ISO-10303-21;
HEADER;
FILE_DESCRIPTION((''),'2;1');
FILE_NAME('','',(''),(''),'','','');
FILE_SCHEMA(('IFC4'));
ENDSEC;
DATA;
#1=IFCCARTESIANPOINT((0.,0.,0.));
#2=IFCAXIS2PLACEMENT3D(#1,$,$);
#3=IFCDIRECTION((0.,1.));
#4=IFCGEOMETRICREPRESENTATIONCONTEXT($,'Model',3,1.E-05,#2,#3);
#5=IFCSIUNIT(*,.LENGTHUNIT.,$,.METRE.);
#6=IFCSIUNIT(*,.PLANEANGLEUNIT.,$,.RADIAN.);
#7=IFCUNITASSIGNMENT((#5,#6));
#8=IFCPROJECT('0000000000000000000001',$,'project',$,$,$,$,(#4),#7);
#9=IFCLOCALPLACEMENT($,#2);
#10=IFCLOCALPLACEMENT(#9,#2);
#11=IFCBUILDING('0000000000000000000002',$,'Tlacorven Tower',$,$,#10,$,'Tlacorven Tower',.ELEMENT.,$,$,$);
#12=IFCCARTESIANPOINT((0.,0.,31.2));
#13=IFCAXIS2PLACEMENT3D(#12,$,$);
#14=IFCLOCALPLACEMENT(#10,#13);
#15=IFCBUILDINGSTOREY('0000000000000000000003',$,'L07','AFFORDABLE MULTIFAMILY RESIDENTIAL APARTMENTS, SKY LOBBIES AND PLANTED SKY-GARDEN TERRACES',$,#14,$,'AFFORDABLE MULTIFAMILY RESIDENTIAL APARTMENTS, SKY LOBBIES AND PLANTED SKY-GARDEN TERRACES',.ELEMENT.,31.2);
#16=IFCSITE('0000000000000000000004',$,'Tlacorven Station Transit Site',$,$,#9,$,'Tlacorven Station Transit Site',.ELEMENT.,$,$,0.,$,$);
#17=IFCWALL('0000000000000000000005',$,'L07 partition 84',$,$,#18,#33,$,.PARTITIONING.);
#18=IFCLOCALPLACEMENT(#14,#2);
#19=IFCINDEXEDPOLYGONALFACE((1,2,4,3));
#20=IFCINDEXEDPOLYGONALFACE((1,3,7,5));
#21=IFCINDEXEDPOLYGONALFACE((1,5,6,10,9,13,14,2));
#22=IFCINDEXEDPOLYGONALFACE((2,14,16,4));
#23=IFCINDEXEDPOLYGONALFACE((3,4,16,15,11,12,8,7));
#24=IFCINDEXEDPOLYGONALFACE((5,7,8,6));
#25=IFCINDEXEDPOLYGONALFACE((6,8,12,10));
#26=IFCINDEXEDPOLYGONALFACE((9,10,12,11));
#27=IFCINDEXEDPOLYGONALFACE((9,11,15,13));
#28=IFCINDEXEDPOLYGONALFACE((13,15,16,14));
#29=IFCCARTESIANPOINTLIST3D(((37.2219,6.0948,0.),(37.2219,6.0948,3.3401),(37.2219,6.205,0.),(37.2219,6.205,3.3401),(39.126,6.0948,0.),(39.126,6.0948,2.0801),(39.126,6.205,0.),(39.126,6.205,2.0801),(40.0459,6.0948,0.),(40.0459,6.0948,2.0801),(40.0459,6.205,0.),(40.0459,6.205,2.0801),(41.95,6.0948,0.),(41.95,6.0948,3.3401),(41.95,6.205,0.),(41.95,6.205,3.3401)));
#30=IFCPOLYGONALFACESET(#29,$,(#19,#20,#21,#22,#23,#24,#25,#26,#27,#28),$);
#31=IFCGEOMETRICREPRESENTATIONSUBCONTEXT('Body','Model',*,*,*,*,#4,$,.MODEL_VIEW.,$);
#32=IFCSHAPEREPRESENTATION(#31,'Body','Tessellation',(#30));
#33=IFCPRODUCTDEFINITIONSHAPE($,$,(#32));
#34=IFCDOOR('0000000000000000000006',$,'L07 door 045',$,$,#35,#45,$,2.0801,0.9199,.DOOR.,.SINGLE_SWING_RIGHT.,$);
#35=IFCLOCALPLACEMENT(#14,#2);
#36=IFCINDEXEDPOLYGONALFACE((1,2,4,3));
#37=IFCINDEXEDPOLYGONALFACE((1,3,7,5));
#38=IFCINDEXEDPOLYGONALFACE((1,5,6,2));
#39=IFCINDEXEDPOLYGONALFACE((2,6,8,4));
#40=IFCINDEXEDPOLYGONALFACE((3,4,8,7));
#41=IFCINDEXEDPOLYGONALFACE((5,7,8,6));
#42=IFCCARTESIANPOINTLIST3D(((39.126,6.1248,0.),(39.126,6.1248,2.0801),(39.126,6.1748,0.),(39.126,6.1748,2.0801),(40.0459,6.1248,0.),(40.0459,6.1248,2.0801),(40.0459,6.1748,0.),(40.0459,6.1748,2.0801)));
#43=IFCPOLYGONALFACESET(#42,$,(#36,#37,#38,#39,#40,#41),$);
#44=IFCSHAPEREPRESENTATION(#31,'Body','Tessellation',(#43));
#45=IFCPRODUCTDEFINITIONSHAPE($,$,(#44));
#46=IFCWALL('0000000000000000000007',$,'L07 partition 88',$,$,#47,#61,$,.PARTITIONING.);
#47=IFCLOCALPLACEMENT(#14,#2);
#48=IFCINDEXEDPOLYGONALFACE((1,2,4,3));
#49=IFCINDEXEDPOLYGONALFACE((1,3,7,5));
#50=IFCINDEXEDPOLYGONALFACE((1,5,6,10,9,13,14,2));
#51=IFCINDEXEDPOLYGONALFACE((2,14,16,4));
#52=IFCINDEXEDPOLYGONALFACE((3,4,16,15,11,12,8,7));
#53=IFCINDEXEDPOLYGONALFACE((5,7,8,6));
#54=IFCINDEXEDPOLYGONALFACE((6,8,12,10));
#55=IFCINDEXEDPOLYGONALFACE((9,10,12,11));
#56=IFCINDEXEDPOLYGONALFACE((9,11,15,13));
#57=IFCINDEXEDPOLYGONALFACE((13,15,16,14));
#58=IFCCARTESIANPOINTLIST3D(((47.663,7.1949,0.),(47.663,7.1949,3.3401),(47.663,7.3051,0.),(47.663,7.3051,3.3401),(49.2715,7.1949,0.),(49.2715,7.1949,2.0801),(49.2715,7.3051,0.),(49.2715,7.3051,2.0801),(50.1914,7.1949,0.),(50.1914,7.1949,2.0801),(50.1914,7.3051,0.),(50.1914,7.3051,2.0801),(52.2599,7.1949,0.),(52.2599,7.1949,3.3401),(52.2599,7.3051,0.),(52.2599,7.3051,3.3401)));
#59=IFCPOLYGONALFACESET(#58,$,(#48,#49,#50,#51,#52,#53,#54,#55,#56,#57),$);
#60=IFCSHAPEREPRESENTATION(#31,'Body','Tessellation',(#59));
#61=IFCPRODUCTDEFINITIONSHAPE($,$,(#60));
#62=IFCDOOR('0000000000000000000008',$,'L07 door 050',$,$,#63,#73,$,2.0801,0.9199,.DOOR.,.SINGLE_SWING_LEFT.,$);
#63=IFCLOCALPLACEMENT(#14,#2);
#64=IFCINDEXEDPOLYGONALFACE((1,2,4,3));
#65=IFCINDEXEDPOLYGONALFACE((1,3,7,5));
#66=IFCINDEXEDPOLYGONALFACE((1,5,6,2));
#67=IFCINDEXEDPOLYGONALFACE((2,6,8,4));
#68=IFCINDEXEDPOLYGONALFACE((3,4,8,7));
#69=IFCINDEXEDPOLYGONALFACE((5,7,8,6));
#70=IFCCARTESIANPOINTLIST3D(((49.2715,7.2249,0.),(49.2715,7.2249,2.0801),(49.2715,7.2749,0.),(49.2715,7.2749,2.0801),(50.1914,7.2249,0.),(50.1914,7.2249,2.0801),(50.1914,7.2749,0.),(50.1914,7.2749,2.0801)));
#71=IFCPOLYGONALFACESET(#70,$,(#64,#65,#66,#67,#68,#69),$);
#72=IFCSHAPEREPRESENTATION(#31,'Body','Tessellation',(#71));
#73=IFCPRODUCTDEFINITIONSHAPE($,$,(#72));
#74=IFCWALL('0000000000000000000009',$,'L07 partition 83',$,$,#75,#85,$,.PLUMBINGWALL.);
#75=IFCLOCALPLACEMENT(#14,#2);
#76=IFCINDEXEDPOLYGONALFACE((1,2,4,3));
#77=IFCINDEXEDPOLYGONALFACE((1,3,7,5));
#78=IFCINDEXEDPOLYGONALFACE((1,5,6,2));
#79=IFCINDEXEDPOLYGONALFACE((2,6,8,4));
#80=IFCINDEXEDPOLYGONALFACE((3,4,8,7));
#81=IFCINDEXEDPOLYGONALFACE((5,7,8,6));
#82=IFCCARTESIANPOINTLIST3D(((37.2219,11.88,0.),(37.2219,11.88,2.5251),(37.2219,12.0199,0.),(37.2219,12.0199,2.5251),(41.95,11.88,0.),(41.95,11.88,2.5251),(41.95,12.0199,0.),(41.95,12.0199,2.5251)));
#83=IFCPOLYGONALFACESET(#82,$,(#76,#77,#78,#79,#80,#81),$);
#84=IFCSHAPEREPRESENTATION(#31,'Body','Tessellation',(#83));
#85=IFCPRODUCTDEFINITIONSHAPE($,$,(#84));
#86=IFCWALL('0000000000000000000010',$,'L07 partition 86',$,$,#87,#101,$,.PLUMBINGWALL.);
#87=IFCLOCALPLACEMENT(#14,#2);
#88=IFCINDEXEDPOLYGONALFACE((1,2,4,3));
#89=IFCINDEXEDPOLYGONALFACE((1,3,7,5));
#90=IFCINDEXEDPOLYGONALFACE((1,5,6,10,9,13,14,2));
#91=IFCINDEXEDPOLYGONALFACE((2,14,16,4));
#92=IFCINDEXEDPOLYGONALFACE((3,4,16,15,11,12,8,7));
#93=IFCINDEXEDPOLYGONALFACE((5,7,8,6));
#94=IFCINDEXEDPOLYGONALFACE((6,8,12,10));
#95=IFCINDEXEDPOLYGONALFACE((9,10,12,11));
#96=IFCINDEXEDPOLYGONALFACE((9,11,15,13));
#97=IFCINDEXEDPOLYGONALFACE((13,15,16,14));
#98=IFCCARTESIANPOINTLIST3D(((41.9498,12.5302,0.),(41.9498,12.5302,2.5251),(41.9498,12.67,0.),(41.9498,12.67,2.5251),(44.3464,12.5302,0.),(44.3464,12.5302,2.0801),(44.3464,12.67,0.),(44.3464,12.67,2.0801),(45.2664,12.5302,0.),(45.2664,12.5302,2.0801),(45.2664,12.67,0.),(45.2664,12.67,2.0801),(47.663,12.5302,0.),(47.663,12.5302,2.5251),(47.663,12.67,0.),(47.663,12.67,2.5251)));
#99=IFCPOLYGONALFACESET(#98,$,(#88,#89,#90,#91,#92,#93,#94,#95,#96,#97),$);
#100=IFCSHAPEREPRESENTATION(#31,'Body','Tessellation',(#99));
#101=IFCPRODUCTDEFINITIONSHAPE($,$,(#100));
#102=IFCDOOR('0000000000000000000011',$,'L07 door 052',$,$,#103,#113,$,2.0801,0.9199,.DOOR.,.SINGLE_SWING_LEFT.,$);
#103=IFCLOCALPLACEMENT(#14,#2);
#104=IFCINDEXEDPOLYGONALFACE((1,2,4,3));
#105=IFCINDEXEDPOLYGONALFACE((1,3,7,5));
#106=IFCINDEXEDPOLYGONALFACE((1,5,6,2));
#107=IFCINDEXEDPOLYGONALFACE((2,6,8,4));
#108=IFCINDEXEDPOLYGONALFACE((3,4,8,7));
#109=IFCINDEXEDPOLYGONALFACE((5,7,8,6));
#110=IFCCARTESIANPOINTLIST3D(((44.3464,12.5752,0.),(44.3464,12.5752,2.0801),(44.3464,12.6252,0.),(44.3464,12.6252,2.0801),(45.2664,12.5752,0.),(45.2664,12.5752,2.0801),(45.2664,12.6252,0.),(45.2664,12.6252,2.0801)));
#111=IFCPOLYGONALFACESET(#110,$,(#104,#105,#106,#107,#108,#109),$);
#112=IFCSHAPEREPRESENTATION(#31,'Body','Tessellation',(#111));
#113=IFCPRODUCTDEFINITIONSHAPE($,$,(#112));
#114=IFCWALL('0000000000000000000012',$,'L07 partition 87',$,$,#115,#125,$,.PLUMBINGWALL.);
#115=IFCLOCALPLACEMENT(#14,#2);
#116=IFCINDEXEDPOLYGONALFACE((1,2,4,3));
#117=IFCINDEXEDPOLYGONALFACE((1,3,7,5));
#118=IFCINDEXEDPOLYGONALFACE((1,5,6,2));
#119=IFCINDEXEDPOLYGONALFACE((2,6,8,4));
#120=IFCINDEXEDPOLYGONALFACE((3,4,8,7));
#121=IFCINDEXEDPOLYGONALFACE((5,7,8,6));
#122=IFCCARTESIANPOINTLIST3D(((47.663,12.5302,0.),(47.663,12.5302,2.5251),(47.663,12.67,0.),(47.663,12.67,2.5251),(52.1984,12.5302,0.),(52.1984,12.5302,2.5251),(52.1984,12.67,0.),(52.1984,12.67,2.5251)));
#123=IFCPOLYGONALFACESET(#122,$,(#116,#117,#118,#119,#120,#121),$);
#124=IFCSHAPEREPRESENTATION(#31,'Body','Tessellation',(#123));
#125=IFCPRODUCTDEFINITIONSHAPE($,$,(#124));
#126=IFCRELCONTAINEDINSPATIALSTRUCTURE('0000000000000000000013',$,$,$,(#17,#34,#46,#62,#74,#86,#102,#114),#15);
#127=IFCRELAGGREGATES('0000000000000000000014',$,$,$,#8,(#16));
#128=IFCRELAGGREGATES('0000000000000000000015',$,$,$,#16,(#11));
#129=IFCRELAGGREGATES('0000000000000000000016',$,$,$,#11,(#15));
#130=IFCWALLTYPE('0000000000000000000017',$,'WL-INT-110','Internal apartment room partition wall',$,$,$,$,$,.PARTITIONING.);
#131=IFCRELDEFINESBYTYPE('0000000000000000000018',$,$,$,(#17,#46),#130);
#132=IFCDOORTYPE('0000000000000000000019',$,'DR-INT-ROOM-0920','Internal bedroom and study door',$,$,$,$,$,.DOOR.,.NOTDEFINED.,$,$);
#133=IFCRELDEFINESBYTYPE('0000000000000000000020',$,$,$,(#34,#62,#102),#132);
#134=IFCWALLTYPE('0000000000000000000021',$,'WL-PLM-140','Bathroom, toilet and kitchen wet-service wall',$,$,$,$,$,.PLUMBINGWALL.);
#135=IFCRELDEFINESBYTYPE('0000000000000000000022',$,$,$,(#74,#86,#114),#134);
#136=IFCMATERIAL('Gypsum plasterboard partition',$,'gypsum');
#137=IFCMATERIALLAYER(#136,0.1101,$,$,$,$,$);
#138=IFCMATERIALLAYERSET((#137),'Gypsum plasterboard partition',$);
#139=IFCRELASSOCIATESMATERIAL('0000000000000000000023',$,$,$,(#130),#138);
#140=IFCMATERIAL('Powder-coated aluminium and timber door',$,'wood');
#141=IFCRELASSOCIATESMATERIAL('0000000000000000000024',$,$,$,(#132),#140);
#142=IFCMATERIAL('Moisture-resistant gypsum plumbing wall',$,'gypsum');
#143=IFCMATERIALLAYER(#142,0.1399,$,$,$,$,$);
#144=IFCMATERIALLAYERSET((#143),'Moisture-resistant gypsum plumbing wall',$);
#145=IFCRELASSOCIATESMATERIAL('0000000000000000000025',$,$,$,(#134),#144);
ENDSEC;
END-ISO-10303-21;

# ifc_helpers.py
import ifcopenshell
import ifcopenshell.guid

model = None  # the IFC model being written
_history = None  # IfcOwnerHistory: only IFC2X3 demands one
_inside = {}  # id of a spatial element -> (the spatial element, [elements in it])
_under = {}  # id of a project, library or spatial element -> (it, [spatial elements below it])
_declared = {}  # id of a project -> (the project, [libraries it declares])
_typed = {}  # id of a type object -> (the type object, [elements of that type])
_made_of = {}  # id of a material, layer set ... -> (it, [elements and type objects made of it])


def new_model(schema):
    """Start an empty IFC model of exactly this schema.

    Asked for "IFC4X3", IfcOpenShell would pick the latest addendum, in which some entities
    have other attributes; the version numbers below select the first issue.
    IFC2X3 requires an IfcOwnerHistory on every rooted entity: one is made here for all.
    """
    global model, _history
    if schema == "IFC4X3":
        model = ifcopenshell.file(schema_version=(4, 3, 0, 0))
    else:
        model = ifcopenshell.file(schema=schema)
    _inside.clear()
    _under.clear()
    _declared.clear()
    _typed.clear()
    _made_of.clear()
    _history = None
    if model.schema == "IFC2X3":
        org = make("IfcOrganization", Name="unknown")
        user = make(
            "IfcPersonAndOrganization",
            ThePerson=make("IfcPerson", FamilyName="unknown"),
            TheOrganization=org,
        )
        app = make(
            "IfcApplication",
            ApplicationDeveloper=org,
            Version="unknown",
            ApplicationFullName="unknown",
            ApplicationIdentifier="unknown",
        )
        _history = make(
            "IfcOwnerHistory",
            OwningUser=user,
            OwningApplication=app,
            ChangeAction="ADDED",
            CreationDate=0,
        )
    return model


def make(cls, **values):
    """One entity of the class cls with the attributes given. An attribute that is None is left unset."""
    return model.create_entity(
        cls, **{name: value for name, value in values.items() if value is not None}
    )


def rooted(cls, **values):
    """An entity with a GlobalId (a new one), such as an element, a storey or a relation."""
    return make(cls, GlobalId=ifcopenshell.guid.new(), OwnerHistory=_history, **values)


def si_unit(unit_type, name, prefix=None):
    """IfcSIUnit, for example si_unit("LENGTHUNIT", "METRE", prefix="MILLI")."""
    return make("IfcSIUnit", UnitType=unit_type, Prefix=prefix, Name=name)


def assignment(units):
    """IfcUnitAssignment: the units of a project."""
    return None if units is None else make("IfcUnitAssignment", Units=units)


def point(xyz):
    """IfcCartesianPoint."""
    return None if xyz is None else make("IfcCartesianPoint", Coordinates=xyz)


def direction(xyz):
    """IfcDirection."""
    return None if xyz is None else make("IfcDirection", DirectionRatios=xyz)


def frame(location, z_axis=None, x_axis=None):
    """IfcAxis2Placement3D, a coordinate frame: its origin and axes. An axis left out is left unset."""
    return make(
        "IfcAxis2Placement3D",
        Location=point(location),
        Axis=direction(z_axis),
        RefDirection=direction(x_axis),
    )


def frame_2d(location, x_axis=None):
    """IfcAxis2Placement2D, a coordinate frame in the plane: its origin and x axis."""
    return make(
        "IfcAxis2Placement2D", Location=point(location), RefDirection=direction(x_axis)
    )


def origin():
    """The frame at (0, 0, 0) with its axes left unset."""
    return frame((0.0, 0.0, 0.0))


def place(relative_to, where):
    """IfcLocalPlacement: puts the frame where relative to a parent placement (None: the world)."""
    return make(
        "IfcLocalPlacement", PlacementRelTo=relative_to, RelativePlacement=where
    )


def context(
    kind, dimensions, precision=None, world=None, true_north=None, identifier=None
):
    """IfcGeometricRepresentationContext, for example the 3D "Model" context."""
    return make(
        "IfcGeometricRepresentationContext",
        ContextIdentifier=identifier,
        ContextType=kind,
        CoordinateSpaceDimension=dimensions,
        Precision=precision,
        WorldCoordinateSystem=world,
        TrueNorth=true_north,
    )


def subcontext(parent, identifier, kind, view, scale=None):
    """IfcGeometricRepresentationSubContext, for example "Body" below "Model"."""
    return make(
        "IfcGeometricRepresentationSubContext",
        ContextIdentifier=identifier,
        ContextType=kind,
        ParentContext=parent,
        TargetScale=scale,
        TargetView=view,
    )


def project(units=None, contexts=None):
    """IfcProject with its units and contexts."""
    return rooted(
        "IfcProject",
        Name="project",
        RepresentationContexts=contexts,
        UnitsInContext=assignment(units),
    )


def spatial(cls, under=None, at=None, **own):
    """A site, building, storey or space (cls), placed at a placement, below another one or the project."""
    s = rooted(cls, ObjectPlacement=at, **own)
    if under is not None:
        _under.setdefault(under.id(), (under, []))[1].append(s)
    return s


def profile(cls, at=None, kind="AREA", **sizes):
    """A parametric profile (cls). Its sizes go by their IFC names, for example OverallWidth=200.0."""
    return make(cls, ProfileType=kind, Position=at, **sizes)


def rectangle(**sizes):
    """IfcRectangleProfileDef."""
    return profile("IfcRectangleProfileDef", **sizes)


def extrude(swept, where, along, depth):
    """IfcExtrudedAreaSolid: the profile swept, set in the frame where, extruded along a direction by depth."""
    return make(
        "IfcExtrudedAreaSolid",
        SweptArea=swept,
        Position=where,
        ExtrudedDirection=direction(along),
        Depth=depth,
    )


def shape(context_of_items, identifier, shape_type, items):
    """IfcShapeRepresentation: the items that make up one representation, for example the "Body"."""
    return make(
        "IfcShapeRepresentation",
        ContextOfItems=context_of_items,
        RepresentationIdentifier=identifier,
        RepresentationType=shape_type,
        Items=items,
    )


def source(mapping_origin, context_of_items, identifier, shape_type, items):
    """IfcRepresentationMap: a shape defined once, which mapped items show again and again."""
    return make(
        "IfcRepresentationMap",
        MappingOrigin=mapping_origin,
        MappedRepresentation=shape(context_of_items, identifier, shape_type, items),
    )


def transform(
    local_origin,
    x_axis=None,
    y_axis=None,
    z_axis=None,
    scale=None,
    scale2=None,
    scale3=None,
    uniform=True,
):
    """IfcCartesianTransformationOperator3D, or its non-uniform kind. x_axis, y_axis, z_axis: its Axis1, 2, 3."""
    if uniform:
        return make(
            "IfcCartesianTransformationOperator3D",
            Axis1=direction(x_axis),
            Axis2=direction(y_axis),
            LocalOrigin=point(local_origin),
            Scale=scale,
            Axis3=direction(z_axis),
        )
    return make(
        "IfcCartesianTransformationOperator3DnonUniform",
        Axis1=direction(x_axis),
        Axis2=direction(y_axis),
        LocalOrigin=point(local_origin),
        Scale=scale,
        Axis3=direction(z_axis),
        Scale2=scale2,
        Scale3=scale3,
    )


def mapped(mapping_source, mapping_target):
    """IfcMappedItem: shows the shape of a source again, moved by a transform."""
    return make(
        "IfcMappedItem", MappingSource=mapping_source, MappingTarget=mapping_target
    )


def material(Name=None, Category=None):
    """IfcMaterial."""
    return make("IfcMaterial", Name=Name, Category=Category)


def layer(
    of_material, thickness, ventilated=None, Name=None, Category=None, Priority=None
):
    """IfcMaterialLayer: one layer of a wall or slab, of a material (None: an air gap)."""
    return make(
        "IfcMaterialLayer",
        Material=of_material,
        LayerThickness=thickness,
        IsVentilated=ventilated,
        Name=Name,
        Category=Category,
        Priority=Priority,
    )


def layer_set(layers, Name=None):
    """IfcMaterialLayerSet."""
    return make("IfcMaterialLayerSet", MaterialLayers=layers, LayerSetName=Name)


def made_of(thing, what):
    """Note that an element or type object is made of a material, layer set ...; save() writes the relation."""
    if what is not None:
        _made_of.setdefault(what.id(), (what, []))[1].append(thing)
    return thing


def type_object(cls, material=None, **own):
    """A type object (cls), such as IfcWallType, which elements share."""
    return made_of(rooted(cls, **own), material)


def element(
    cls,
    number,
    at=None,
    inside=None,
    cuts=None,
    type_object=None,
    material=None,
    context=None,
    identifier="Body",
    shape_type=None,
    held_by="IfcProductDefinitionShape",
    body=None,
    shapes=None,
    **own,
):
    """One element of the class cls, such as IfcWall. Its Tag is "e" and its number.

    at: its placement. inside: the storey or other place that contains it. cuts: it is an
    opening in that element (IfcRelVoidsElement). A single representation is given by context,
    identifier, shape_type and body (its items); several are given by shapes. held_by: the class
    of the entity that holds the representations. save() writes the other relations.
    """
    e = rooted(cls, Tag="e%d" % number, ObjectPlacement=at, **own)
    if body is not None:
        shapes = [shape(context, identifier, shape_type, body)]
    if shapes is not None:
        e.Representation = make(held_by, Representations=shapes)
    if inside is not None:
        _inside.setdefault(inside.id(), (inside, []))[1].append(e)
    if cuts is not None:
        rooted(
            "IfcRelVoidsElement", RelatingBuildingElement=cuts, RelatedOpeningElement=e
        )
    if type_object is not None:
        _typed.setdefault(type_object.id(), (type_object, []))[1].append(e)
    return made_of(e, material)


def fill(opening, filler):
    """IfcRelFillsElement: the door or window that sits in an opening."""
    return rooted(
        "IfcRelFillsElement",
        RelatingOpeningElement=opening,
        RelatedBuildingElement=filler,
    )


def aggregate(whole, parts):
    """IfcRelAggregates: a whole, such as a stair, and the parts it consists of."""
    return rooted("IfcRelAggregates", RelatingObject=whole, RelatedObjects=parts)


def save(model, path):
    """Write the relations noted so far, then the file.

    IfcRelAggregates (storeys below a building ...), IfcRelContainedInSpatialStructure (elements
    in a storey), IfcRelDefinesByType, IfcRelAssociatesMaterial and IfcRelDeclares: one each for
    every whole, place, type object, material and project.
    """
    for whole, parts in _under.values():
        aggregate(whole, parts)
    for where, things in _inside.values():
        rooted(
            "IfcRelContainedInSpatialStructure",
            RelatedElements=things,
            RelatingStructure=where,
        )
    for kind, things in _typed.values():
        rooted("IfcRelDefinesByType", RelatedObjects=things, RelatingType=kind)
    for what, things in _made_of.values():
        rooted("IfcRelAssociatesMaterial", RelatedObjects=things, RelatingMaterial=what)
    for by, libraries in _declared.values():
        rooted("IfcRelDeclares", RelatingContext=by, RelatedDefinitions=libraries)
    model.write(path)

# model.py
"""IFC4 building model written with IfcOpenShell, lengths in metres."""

from ifc_helpers import new_model, si_unit, direction, frame, frame_2d, origin, place, context, subcontext, project, spatial, rectangle, extrude, source, transform, mapped, material, layer, layer_set, type_object, element, fill, save


model = new_model("IFC4")

# Units and contexts
model_context = context("Model", 3, precision=1e-05, world=origin(), true_north=direction((0.0, 1.0)))
body_context = subcontext(model_context, "Body", "Model", "MODEL_VIEW")
ifc_project = project(units=[si_unit("LENGTHUNIT", "METRE"), si_unit("PLANEANGLEUNIT", "RADIAN")], contexts=[model_context])

# Site, building, storey
site_placement = place(None, origin())
site = spatial("IfcSite", under=ifc_project, at=site_placement, Name="Tlacorven Station Transit Site", LongName="Tlacorven Station Transit Site", CompositionType="ELEMENT", RefElevation=0.0)
building_placement = place(site_placement, origin())
building = spatial("IfcBuilding", under=site, at=building_placement, Name="Tlacorven Tower", LongName="Tlacorven Tower", CompositionType="ELEMENT")
storey_placement = place(building_placement, frame((0.0, 0.0, 31.2)))
storey = spatial("IfcBuildingStorey", under=building, at=storey_placement, Name="L07", Description="AFFORDABLE MULTIFAMILY RESIDENTIAL APARTMENTS, SKY LOBBIES AND PLANTED SKY-GARDEN TERRACES", LongName="AFFORDABLE MULTIFAMILY RESIDENTIAL APARTMENTS, SKY LOBBIES AND PLANTED SKY-GARDEN TERRACES", CompositionType="ELEMENT", Elevation=31.2)

# Walls, openings, doors
ifc_material_1 = material(Name="Gypsum plasterboard partition", Category="gypsum")
ifc_layer_1 = layer(ifc_material_1, 0.1101)
ifc_layer_set_1 = layer_set([ifc_layer_1], Name="Gypsum plasterboard partition")
wall_type_1 = type_object("IfcWallType", Name="WL-INT-110", Description="Internal apartment room partition wall", PredefinedType="PARTITIONING", material=ifc_layer_set_1)
wall_1_placement = place(storey_placement, frame((37.2219, 6.1499, 0.0), z_axis=(0.0, 0.0, 1.0), x_axis=(1.0, 0.0, 0.0)))
wall_1 = element("IfcWall", 1, at=wall_1_placement, inside=storey, type_object=wall_type_1, Name="L07 partition 84", PredefinedType="PARTITIONING", context=body_context, shape_type="SweptSolid", body=[
    extrude(rectangle(XDim=4.728, YDim=0.1101, at=frame_2d((2.364, 0.0))), origin(), (0.0, 0.0, 1.0), 3.3401),
])
opening_1_placement = place(wall_1_placement, frame((1.9041, 0.0, 0.0)))
opening_1 = element("IfcOpeningElement", 2, at=opening_1_placement, cuts=wall_1, PredefinedType="OPENING", context=body_context, shape_type="SweptSolid", body=[
    extrude(rectangle(XDim=0.9199, YDim=2.0801, at=frame_2d((0.46, 1.04))), frame((0.0, 0.0649, 0.0), z_axis=(0.0, -1.0, 0.0), x_axis=(1.0, 0.0, 0.0)), (0.0, 0.0, 1.0), 0.1301),
])
ifc_material_2 = material(Name="Powder-coated aluminium and timber door", Category="wood")
door_type_1 = type_object("IfcDoorType", Name="DR-INT-ROOM-0920", Description="Internal bedroom and study door", OperationType="NOTDEFINED", PredefinedType="DOOR", material=ifc_material_2)
shared_shape_1 = source(origin(), body_context, "Body", "SweptSolid", [
    extrude(rectangle(XDim=0.9199, YDim=2.0801, at=frame_2d((0.46, 1.04))), frame((0.0, 0.0249, 0.0), z_axis=(0.0, -1.0, 0.0), x_axis=(1.0, 0.0, 0.0)), (0.0, 0.0, 1.0), 0.05),
])
door_1_placement = place(opening_1_placement, origin())
door_1 = element("IfcDoor", 3, at=door_1_placement, inside=storey, type_object=door_type_1, Name="L07 door 045", OperationType="SINGLE_SWING_RIGHT", OverallHeight=2.0801, OverallWidth=0.9199, PredefinedType="DOOR", context=body_context, shape_type="MappedRepresentation", body=[
    mapped(shared_shape_1, transform((0.0, 0.0, 0.0), scale=1.0)),
])
fill(opening_1, door_1)
wall_2_placement = place(storey_placement, frame((47.6631, 7.25, 0.0), z_axis=(0.0, 0.0, 1.0), x_axis=(1.0, 0.0, 0.0)))
wall_2 = element("IfcWall", 4, at=wall_2_placement, inside=storey, type_object=wall_type_1, Name="L07 partition 88", PredefinedType="PARTITIONING", context=body_context, shape_type="SweptSolid", body=[
    extrude(rectangle(XDim=4.5969, YDim=0.1101, at=frame_2d((2.2983, 0.0))), origin(), (0.0, 0.0, 1.0), 3.3401),
])
opening_2_placement = place(wall_2_placement, frame((1.6084, 0.0, 0.0)))
opening_2 = element("IfcOpeningElement", 5, at=opening_2_placement, cuts=wall_2, PredefinedType="OPENING", context=body_context, shape_type="SweptSolid", body=[
    extrude(rectangle(XDim=0.9199, YDim=2.0801, at=frame_2d((0.46, 1.04))), frame((0.0, 0.0649, 0.0), z_axis=(0.0, -1.0, 0.0), x_axis=(1.0, 0.0, 0.0)), (0.0, 0.0, 1.0), 0.1301),
])
door_2_placement = place(opening_2_placement, origin())
door_2 = element("IfcDoor", 6, at=door_2_placement, inside=storey, type_object=door_type_1, Name="L07 door 050", OperationType="SINGLE_SWING_LEFT", OverallHeight=2.0801, OverallWidth=0.9199, PredefinedType="DOOR", context=body_context, shape_type="MappedRepresentation", body=[
    mapped(shared_shape_1, transform((0.0, 0.0, 0.0), scale=1.0)),
])
fill(opening_2, door_2)

# Wall
ifc_material_3 = material(Name="Moisture-resistant gypsum plumbing wall", Category="gypsum")
ifc_layer_2 = layer(ifc_material_3, 0.1399)
ifc_layer_set_2 = layer_set([ifc_layer_2], Name="Moisture-resistant gypsum plumbing wall")
wall_type_2 = type_object("IfcWallType", Name="WL-PLM-140", Description="Bathroom, toilet and kitchen wet-service wall", PredefinedType="PLUMBINGWALL", material=ifc_layer_set_2)
wall_3_placement = place(storey_placement, frame((37.2219, 11.95, 0.0), z_axis=(0.0, 0.0, 1.0), x_axis=(1.0, 0.0, 0.0)))
element("IfcWall", 7, at=wall_3_placement, inside=storey, type_object=wall_type_2, Name="L07 partition 83", PredefinedType="PLUMBINGWALL", context=body_context, shape_type="SweptSolid", body=[
    extrude(rectangle(XDim=4.728, YDim=0.1399, at=frame_2d((2.364, 0.0))), origin(), (0.0, 0.0, 1.0), 2.5251),
])

# Wall, opening, door
wall_4_placement = place(storey_placement, frame((41.95, 12.6001, 0.0), z_axis=(0.0, 0.0, 1.0), x_axis=(1.0, 0.0, 0.0)))
wall_4 = element("IfcWall", 8, at=wall_4_placement, inside=storey, type_object=wall_type_2, Name="L07 partition 86", PredefinedType="PLUMBINGWALL", context=body_context, shape_type="SweptSolid", body=[
    extrude(rectangle(XDim=5.7131, YDim=0.1399, at=frame_2d((2.8564, 0.0))), origin(), (0.0, 0.0, 1.0), 2.5251),
])
opening_3_placement = place(wall_4_placement, frame((2.3965, 0.0, 0.0)))
opening_3 = element("IfcOpeningElement", 9, at=opening_3_placement, cuts=wall_4, PredefinedType="OPENING", context=body_context, shape_type="SweptSolid", body=[
    extrude(rectangle(XDim=0.9199, YDim=2.0801, at=frame_2d((0.46, 1.04))), frame((0.0, 0.0801, 0.0), z_axis=(0.0, -1.0, 0.0), x_axis=(1.0, 0.0, 0.0)), (0.0, 0.0, 1.0), 0.1599),
])
door_3_placement = place(opening_3_placement, frame((0.9199, 0.0, 0.0), z_axis=(0.0, 0.0, 1.0), x_axis=(-1.0, 0.0, 0.0)))
door_3 = element("IfcDoor", 10, at=door_3_placement, inside=storey, type_object=door_type_1, Name="L07 door 052", OperationType="SINGLE_SWING_LEFT", OverallHeight=2.0801, OverallWidth=0.9199, PredefinedType="DOOR", context=body_context, shape_type="MappedRepresentation", body=[
    mapped(shared_shape_1, transform((0.0, 0.0, 0.0), scale=1.0)),
])
fill(opening_3, door_3)

# Wall
wall_5_placement = place(storey_placement, frame((47.6631, 12.6001, 0.0), z_axis=(0.0, 0.0, 1.0), x_axis=(1.0, 0.0, 0.0)))
element("IfcWall", 11, at=wall_5_placement, inside=storey, type_object=wall_type_2, Name="L07 partition 87", PredefinedType="PLUMBINGWALL", context=body_context, shape_type="SweptSolid", body=[
    extrude(rectangle(XDim=4.5354, YDim=0.1399, at=frame_2d((2.2676, 0.0))), origin(), (0.0, 0.0, 1.0), 2.5251),
])

save(model, "model.ifc")
